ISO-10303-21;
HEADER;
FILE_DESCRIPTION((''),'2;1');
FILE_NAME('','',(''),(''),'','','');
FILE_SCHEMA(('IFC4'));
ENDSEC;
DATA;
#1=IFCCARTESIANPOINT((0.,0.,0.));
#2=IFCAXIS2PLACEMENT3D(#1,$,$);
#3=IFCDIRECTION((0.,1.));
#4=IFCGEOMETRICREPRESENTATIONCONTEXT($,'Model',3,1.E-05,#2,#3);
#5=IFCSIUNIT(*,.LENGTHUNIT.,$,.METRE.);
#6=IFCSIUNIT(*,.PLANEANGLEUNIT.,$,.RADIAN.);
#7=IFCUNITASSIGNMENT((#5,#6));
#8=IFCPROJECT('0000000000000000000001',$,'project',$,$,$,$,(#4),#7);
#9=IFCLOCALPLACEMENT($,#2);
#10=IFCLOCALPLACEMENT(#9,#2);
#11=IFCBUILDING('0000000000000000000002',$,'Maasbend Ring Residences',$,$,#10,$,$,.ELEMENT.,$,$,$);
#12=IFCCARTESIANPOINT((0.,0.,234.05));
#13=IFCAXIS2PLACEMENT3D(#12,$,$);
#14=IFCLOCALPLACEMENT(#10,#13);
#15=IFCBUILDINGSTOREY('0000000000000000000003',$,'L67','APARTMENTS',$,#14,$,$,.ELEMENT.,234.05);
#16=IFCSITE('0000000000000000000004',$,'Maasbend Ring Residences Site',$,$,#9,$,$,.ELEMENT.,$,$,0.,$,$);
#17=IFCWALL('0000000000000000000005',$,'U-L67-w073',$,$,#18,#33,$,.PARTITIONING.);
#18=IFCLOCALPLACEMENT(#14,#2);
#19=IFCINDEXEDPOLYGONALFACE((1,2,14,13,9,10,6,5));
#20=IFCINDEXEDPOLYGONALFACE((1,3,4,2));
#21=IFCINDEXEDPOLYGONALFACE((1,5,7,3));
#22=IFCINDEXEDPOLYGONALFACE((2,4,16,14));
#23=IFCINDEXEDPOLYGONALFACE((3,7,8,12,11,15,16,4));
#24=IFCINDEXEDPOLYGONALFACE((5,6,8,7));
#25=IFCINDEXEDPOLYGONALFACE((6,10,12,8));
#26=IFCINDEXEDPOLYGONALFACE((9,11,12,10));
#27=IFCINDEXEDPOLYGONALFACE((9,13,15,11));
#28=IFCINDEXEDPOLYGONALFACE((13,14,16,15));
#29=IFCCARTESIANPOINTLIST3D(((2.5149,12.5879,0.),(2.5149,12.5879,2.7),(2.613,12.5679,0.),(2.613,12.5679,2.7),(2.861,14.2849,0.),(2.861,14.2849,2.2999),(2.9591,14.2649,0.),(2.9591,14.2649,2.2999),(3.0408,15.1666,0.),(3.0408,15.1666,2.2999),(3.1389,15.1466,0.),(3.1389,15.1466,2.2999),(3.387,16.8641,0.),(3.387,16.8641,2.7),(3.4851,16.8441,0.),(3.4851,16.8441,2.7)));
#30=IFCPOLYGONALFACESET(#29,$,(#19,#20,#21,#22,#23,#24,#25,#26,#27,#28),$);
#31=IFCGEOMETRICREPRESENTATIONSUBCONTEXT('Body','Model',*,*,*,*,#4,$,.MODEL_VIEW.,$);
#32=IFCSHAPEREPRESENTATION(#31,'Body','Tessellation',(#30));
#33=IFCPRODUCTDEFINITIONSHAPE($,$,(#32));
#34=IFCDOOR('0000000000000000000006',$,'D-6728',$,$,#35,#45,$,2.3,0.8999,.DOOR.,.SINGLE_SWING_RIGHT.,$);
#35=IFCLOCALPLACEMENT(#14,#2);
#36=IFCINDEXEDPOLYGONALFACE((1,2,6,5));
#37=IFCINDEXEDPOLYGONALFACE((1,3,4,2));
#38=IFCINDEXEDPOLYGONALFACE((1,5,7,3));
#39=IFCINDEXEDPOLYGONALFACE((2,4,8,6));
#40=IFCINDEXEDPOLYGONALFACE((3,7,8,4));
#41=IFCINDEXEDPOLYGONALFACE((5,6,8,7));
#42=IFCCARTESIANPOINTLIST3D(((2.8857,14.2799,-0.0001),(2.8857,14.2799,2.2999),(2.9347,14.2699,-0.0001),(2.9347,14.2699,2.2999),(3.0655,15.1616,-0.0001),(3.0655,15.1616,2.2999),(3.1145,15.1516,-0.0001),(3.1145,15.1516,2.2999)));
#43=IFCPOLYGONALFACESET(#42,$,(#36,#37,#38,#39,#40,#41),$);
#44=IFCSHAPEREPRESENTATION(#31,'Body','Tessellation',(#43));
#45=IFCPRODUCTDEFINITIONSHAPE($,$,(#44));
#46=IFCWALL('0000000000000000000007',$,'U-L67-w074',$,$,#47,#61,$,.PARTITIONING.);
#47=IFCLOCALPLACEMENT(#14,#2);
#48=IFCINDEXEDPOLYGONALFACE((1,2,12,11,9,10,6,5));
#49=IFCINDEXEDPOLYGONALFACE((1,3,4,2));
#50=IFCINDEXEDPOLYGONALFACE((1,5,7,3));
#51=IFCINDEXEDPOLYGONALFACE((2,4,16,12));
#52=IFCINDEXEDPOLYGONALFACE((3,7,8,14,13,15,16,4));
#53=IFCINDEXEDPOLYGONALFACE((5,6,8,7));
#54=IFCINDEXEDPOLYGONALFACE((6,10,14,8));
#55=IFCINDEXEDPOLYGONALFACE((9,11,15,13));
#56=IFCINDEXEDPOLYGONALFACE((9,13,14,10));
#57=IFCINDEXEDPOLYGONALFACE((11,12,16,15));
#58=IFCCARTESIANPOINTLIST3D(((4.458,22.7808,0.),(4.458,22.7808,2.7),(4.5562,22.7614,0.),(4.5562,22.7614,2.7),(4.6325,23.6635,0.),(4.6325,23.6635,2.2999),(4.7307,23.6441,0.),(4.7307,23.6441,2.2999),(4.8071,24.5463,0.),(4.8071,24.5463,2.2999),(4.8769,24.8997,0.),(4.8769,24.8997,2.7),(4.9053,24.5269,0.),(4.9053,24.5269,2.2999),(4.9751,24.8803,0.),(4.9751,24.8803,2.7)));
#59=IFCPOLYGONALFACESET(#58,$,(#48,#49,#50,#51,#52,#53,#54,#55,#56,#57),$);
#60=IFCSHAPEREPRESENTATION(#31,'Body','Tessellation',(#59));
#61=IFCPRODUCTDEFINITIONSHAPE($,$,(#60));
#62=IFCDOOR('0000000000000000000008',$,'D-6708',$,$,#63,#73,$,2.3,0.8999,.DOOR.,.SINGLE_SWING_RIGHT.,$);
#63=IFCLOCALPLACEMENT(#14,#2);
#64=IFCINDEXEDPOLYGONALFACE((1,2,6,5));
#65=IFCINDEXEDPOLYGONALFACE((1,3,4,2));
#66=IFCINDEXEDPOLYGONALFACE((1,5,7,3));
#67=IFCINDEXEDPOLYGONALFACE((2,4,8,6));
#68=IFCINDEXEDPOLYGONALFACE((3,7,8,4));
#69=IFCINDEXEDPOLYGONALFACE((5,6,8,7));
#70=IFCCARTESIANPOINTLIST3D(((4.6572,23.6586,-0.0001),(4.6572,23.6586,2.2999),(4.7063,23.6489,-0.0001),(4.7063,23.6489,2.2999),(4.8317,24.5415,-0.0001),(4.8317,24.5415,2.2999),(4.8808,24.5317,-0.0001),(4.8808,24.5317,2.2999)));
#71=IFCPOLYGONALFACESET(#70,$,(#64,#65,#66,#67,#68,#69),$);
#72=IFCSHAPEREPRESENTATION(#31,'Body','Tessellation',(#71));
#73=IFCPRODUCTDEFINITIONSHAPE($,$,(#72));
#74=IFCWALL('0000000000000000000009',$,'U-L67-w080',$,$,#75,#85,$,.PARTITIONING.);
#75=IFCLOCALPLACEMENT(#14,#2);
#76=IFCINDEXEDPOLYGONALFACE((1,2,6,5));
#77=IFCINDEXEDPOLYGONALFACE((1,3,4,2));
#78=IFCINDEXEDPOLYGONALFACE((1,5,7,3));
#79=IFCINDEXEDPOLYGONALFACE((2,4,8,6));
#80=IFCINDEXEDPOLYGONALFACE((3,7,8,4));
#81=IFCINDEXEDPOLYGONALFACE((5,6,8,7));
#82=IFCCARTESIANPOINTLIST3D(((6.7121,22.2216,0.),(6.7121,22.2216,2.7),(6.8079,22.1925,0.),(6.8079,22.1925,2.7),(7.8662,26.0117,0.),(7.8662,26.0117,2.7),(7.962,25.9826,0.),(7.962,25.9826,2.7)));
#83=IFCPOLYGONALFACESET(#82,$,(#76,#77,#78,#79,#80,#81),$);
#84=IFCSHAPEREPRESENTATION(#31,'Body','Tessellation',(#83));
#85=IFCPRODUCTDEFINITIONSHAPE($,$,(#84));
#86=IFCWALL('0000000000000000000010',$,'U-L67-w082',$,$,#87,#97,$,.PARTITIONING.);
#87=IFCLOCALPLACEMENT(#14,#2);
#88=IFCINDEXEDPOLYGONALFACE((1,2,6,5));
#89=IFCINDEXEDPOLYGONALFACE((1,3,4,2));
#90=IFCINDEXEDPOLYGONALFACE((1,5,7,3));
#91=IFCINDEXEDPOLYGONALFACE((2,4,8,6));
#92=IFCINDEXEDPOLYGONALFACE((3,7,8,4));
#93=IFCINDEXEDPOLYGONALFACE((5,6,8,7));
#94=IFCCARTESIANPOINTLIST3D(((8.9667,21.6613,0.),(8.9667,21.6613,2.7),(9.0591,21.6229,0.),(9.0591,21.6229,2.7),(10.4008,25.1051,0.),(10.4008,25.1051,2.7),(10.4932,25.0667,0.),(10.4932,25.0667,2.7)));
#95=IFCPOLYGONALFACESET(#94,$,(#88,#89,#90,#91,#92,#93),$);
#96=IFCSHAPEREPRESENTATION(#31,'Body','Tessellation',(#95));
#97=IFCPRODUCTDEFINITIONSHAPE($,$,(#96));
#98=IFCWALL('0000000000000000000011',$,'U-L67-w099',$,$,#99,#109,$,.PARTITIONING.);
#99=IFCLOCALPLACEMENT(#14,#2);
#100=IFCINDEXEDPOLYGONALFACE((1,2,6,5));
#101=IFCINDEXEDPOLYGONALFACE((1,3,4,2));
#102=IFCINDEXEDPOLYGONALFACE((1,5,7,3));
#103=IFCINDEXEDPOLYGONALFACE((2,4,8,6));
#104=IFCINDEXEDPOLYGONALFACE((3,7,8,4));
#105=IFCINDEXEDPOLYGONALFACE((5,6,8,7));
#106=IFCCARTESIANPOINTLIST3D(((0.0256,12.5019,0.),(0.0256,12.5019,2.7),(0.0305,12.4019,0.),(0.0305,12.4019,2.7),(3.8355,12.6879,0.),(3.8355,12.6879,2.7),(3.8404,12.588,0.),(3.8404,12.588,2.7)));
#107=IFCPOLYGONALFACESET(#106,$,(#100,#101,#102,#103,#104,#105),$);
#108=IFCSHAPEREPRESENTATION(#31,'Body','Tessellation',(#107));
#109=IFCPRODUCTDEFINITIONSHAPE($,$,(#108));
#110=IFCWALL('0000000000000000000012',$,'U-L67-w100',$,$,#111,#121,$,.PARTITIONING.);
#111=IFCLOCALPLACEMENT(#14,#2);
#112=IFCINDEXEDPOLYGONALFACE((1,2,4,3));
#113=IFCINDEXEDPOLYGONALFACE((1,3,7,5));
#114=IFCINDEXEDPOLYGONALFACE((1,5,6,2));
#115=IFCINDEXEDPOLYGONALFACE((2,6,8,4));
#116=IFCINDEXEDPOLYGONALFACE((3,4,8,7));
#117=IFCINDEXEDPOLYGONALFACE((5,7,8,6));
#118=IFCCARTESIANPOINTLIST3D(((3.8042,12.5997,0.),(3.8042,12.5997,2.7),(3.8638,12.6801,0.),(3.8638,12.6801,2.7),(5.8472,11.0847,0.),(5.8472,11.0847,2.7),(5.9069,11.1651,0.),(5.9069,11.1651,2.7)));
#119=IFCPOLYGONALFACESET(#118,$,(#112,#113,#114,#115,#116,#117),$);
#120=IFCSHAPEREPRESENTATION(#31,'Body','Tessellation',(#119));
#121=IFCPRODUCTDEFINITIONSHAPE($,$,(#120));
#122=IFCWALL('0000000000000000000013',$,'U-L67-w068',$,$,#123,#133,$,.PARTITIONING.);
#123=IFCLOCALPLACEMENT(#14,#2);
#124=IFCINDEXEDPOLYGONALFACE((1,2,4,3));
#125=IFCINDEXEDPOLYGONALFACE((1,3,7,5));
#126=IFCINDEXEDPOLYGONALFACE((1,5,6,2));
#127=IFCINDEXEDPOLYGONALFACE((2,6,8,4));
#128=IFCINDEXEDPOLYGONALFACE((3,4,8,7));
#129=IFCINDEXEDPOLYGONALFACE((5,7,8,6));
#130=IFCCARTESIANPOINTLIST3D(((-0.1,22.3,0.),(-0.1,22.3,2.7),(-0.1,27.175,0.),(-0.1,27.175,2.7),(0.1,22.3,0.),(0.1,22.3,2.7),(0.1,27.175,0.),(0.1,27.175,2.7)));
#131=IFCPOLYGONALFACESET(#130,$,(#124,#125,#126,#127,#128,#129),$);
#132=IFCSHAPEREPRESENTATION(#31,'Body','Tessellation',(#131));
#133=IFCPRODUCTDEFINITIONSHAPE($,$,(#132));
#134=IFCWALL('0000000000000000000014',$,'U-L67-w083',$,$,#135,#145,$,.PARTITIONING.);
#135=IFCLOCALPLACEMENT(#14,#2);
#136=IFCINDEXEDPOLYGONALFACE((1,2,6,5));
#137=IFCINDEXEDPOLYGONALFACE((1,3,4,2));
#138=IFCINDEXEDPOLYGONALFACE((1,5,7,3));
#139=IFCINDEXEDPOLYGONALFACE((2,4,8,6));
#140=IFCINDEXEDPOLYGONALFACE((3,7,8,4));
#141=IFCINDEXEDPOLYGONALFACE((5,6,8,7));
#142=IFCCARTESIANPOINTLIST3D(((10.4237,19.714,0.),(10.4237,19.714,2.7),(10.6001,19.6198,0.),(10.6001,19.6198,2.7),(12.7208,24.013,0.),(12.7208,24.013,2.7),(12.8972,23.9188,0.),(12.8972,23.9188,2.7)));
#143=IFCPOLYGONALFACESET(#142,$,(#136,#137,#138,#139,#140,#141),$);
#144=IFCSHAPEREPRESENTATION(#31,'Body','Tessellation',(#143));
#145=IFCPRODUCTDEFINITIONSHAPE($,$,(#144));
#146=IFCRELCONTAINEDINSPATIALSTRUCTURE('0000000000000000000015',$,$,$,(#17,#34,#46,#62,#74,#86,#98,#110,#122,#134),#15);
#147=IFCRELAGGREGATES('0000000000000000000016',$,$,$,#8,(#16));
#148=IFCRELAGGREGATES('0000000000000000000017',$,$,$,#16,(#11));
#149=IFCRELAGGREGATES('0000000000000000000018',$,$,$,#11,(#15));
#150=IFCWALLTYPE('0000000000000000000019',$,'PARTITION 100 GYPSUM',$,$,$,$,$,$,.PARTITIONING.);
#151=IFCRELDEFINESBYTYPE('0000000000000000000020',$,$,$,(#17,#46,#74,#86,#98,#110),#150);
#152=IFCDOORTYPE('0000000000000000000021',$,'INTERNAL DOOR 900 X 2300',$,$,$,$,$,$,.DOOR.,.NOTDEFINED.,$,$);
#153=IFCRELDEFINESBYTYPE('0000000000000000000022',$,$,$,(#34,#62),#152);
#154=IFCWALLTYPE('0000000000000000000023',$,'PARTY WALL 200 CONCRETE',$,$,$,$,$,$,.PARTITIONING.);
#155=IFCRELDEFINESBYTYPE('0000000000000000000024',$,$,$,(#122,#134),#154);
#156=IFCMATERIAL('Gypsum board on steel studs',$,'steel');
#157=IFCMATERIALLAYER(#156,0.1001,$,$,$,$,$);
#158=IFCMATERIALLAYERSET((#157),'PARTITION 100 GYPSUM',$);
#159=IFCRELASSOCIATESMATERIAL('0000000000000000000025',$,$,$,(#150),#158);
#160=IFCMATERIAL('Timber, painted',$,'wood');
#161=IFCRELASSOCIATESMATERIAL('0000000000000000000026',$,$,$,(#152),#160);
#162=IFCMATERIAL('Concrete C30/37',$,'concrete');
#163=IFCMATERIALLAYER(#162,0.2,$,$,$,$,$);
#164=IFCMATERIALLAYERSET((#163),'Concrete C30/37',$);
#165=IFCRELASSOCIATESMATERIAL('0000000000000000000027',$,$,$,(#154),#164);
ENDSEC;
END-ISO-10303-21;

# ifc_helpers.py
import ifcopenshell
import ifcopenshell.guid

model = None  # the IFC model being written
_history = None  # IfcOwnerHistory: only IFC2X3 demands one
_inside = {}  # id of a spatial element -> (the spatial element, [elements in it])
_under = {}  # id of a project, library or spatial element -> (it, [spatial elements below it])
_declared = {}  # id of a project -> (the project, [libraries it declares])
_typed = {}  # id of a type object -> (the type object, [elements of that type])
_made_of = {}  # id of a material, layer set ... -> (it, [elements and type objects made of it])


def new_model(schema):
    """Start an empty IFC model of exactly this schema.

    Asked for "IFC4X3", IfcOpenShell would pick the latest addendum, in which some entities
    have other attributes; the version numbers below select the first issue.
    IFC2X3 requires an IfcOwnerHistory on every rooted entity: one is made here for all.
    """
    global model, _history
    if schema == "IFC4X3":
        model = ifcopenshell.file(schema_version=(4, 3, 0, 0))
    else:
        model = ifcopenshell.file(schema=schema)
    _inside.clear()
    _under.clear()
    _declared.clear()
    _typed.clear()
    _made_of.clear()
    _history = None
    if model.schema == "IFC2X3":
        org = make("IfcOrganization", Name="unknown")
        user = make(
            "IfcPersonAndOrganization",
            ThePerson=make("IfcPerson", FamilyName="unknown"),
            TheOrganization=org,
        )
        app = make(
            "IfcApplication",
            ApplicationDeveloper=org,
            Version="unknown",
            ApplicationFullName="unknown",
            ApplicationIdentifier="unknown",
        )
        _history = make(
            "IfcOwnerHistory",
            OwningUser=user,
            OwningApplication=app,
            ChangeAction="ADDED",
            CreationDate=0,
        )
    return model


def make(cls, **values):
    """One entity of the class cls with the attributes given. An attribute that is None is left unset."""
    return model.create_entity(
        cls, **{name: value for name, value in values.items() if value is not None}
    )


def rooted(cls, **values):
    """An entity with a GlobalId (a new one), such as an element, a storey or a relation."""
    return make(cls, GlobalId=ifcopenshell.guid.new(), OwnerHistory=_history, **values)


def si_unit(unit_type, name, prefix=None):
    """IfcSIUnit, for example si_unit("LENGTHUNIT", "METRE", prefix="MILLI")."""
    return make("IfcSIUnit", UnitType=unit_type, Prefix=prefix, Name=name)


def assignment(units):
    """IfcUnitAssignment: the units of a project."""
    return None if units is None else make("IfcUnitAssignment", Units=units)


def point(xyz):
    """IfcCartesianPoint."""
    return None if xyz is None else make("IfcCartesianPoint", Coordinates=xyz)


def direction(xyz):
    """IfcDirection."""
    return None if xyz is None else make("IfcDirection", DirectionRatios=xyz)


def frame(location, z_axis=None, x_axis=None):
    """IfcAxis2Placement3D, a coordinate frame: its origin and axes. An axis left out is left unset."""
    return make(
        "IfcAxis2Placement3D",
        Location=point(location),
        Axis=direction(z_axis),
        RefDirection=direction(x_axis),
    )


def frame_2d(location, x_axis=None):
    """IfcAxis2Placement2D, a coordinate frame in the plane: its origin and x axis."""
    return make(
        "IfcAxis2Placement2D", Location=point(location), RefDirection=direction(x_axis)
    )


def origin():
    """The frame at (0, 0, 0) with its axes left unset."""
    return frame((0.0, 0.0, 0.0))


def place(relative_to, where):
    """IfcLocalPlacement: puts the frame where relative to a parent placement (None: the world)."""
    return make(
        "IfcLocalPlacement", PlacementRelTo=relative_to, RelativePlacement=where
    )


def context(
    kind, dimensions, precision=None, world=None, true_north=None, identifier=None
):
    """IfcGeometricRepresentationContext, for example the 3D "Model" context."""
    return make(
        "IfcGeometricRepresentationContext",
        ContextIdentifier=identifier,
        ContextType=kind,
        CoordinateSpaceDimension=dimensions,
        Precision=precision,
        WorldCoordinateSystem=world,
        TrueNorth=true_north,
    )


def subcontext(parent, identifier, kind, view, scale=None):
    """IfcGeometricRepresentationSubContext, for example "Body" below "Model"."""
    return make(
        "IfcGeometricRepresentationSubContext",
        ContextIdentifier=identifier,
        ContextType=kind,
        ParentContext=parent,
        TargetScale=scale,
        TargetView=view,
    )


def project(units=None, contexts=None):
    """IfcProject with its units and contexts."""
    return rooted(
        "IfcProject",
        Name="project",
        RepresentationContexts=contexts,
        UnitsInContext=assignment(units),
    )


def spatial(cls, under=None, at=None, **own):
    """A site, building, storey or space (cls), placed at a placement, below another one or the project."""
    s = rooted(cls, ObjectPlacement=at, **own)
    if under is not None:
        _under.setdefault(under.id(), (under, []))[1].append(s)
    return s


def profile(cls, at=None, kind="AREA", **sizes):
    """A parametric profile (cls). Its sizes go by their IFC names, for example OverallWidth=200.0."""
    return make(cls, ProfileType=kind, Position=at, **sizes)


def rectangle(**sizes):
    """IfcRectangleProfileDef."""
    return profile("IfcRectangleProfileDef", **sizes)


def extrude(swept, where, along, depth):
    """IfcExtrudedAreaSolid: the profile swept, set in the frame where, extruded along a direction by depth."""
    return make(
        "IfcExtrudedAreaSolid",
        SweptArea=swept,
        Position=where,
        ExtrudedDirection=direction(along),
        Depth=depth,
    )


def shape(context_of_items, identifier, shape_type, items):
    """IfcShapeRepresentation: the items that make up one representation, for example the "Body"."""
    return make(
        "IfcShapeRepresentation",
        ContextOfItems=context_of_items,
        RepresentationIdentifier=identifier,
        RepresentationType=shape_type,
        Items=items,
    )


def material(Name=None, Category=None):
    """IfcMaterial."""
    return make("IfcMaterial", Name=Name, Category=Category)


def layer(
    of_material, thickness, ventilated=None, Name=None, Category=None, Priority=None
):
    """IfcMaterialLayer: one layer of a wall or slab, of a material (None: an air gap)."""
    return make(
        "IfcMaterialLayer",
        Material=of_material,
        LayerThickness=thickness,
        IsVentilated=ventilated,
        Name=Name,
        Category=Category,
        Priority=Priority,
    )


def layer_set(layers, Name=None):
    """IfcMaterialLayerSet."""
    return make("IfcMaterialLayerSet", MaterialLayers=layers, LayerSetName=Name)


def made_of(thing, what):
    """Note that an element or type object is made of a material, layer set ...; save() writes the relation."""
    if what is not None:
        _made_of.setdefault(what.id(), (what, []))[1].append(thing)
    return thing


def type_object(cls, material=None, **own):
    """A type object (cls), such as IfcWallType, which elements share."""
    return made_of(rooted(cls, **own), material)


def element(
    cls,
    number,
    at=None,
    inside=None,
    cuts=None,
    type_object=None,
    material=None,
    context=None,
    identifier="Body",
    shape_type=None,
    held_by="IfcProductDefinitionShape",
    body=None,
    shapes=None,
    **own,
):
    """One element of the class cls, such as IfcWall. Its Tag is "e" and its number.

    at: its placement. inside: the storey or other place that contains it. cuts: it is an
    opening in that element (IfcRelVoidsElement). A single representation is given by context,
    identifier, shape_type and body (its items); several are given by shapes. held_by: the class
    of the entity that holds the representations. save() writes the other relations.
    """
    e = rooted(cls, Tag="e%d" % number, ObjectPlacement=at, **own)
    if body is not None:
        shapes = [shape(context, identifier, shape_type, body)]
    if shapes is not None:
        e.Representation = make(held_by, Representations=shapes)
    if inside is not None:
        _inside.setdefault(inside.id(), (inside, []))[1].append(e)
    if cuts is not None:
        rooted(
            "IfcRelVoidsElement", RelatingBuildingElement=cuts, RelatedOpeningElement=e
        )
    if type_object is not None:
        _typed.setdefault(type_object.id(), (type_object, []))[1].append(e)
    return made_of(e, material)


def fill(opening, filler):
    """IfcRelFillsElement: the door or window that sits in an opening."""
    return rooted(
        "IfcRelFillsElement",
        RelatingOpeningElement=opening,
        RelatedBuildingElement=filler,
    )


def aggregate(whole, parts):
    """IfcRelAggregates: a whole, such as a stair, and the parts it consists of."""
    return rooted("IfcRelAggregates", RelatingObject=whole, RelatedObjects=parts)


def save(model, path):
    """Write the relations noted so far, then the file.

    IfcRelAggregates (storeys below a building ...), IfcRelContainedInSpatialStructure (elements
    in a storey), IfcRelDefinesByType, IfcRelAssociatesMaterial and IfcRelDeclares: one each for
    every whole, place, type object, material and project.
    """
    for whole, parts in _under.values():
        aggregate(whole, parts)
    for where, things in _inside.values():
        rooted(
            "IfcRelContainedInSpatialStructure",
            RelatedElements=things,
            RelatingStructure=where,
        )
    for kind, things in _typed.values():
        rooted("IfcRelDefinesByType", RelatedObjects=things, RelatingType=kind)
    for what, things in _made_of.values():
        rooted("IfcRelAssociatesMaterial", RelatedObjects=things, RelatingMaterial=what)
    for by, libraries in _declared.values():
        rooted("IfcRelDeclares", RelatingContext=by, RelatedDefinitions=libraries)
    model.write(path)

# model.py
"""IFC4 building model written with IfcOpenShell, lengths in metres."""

from ifc_helpers import new_model, si_unit, direction, frame, frame_2d, origin, place, context, subcontext, project, spatial, rectangle, extrude, material, layer, layer_set, type_object, element, fill, save


model = new_model("IFC4")

# Units and contexts
model_context = context("Model", 3, precision=1e-05, world=origin(), true_north=direction((0.0, 1.0)))
body_context = subcontext(model_context, "Body", "Model", "MODEL_VIEW")
ifc_project = project(units=[si_unit("LENGTHUNIT", "METRE"), si_unit("PLANEANGLEUNIT", "RADIAN")], contexts=[model_context])

# Site, building, storey
site_placement = place(None, origin())
site = spatial("IfcSite", under=ifc_project, at=site_placement, Name="Maasbend Ring Residences Site", CompositionType="ELEMENT", RefElevation=0.0)
building_placement = place(site_placement, origin())
building = spatial("IfcBuilding", under=site, at=building_placement, Name="Maasbend Ring Residences", CompositionType="ELEMENT")
storey_placement = place(building_placement, frame((0.0, 0.0, 234.05)))
storey = spatial("IfcBuildingStorey", under=building, at=storey_placement, Name="L67", Description="APARTMENTS", CompositionType="ELEMENT", Elevation=234.05)

# Shared definitions
ifc_material_1 = material(Name="Gypsum board on steel studs", Category="steel")
ifc_layer_1 = layer(ifc_material_1, 0.1001)
ifc_layer_set_1 = layer_set([ifc_layer_1], Name="PARTITION 100 GYPSUM")
wall_type_1 = type_object("IfcWallType", Name="PARTITION 100 GYPSUM", PredefinedType="PARTITIONING", material=ifc_layer_set_1)

# Walls, openings, doors
wall_1_placement = place(storey_placement, frame((2.564, 12.5779, 0.0), z_axis=(0.0, 0.0, 1.0), x_axis=(0.199826, 0.979831, 0.0)))
wall_1 = element("IfcWall", 1, at=wall_1_placement, inside=storey, type_object=wall_type_1, Name="U-L67-w073", PredefinedType="PARTITIONING", context=body_context, shape_type="SweptSolid", body=[
    extrude(rectangle(XDim=4.3643, YDim=0.1001, at=frame_2d((2.1821, 0.0))), origin(), (0.0, 0.0, 1.0), 2.7),
])
opening_1_placement = place(wall_1_placement, frame((1.7319, 0.0, 0.0)))
opening_1 = element("IfcOpeningElement", 2, at=opening_1_placement, cuts=wall_1, PredefinedType="OPENING", context=body_context, shape_type="SweptSolid", body=[
    extrude(rectangle(XDim=0.8999, YDim=2.3, at=frame_2d((0.45, 1.1499))), frame((0.0, 0.0601, 0.0), z_axis=(0.0, -1.0, 0.0), x_axis=(1.0, 0.0, 0.0)), (0.0, 0.0, 1.0), 0.1201),
])
ifc_material_2 = material(Name="Timber, painted", Category="wood")
door_type_1 = type_object("IfcDoorType", Name="INTERNAL DOOR 900 X 2300", OperationType="NOTDEFINED", PredefinedType="DOOR", material=ifc_material_2)
door_1_placement = place(opening_1_placement, origin())
door_1 = element("IfcDoor", 3, at=door_1_placement, inside=storey, type_object=door_type_1, Name="D-6728", OperationType="SINGLE_SWING_RIGHT", OverallHeight=2.3, OverallWidth=0.8999, PredefinedType="DOOR", context=body_context, shape_type="SweptSolid", body=[
    extrude(rectangle(XDim=0.8999, YDim=2.3, at=frame_2d((0.45, 1.1499))), frame((0.0, 0.0249, 0.0), z_axis=(0.0, -1.0, 0.0), x_axis=(1.0, 0.0, 0.0)), (0.0, 0.0, 1.0), 0.05),
])
fill(opening_1, door_1)
wall_2_placement = place(storey_placement, frame((4.5071, 22.771, 0.0), z_axis=(0.0, 0.0, 1.0), x_axis=(0.193964, 0.981009, 0.0)))
wall_2 = element("IfcWall", 4, at=wall_2_placement, inside=storey, type_object=wall_type_1, Name="U-L67-w074", PredefinedType="PARTITIONING", context=body_context, shape_type="SweptSolid", body=[
    extrude(rectangle(XDim=2.1599, YDim=0.1001, at=frame_2d((1.0801, 0.0))), origin(), (0.0, 0.0, 1.0), 2.7),
])
opening_2_placement = place(wall_2_placement, frame((0.8999, 0.0, 0.0)))
opening_2 = element("IfcOpeningElement", 5, at=opening_2_placement, cuts=wall_2, PredefinedType="OPENING", context=body_context, shape_type="SweptSolid", body=[
    extrude(rectangle(XDim=0.8999, YDim=2.3, at=frame_2d((0.45, 1.1499))), frame((0.0, 0.0601, 0.0), z_axis=(0.0, -1.0, 0.0), x_axis=(1.0, 0.0, 0.0)), (0.0, 0.0, 1.0), 0.1201),
])
door_2_placement = place(opening_2_placement, origin())
door_2 = element("IfcDoor", 6, at=door_2_placement, inside=storey, type_object=door_type_1, Name="D-6708", OperationType="SINGLE_SWING_RIGHT", OverallHeight=2.3, OverallWidth=0.8999, PredefinedType="DOOR", context=body_context, shape_type="SweptSolid", body=[
    extrude(rectangle(XDim=0.8999, YDim=2.3, at=frame_2d((0.45, 1.1499))), frame((0.0, 0.0249, 0.0), z_axis=(0.0, -1.0, 0.0), x_axis=(1.0, 0.0, 0.0)), (0.0, 0.0, 1.0), 0.05),
])
fill(opening_2, door_2)

# Walls
wall_3_placement = place(storey_placement, frame((6.76, 22.207, 0.0), z_axis=(0.0, 0.0, 1.0), x_axis=(0.291292, 0.956634, 0.0)))
element("IfcWall", 7, at=wall_3_placement, inside=storey, type_object=wall_type_1, Name="U-L67-w080", PredefinedType="PARTITIONING", context=body_context, shape_type="SweptSolid", body=[
    extrude(rectangle(XDim=3.9619, YDim=0.1001, at=frame_2d((1.981, 0.0))), origin(), (0.0, 0.0, 1.0), 2.7),
])
wall_4_placement = place(storey_placement, frame((9.0129, 21.6421, 0.0), z_axis=(0.0, 0.0, 1.0), x_axis=(0.38442, 0.923158, 0.0)))
element("IfcWall", 8, at=wall_4_placement, inside=storey, type_object=wall_type_1, Name="U-L67-w082", PredefinedType="PARTITIONING", context=body_context, shape_type="SweptSolid", body=[
    extrude(rectangle(XDim=3.7305, YDim=0.1001, at=frame_2d((1.8652, 0.0))), origin(), (0.0, 0.0, 1.0), 2.7),
])
wall_5_placement = place(storey_placement, frame((0.0281, 12.4519, 0.0), z_axis=(0.0, 0.0, 1.0), x_axis=(0.99881, 0.048772, 0.0)))
element("IfcWall", 9, at=wall_5_placement, inside=storey, type_object=wall_type_1, Name="U-L67-w099", PredefinedType="PARTITIONING", context=body_context, shape_type="SweptSolid", body=[
    extrude(rectangle(XDim=3.8145, YDim=0.1001, at=frame_2d((1.9072, 0.0))), origin(), (0.0, 0.0, 1.0), 2.7),
])
wall_6_placement = place(storey_placement, frame((3.834, 12.6399, 0.0), z_axis=(0.0, 0.0, 1.0), x_axis=(0.80326, -0.595629, 0.0)))
element("IfcWall", 10, at=wall_6_placement, inside=storey, type_object=wall_type_1, Name="U-L67-w100", PredefinedType="PARTITIONING", context=body_context, shape_type="SweptSolid", body=[
    extrude(rectangle(XDim=2.5435, YDim=0.1001, at=frame_2d((1.2717, 0.0))), origin(), (0.0, 0.0, 1.0), 2.7),
])
ifc_material_3 = material(Name="Concrete C30/37", Category="concrete")
ifc_layer_2 = layer(ifc_material_3, 0.2)
ifc_layer_set_2 = layer_set([ifc_layer_2], Name="Concrete C30/37")
wall_type_2 = type_object("IfcWallType", Name="PARTY WALL 200 CONCRETE", PredefinedType="PARTITIONING", material=ifc_layer_set_2)
wall_7_placement = place(storey_placement, frame((0.0, 22.3, 0.0), z_axis=(0.0, 0.0, 1.0), x_axis=(0.0, 1.0, 0.0)))
element("IfcWall", 11, at=wall_7_placement, inside=storey, type_object=wall_type_2, Name="U-L67-w068", PredefinedType="PARTITIONING", context=body_context, shape_type="SweptSolid", body=[
    extrude(rectangle(XDim=4.875, YDim=0.2, at=frame_2d((2.4375, 0.0))), origin(), (0.0, 0.0, 1.0), 2.7),
])
wall_8_placement = place(storey_placement, frame((10.512, 19.667, 0.0), z_axis=(0.0, 0.0, 1.0), x_axis=(0.471272, 0.881988, 0.0)))
element("IfcWall", 12, at=wall_8_placement, inside=storey, type_object=wall_type_2, Name="U-L67-w083", PredefinedType="PARTITIONING", context=body_context, shape_type="SweptSolid", body=[
    extrude(rectangle(XDim=4.8743, YDim=0.2, at=frame_2d((2.437, 0.0))), origin(), (0.0, 0.0, 1.0), 2.7),
])

save(model, "model.ifc")
